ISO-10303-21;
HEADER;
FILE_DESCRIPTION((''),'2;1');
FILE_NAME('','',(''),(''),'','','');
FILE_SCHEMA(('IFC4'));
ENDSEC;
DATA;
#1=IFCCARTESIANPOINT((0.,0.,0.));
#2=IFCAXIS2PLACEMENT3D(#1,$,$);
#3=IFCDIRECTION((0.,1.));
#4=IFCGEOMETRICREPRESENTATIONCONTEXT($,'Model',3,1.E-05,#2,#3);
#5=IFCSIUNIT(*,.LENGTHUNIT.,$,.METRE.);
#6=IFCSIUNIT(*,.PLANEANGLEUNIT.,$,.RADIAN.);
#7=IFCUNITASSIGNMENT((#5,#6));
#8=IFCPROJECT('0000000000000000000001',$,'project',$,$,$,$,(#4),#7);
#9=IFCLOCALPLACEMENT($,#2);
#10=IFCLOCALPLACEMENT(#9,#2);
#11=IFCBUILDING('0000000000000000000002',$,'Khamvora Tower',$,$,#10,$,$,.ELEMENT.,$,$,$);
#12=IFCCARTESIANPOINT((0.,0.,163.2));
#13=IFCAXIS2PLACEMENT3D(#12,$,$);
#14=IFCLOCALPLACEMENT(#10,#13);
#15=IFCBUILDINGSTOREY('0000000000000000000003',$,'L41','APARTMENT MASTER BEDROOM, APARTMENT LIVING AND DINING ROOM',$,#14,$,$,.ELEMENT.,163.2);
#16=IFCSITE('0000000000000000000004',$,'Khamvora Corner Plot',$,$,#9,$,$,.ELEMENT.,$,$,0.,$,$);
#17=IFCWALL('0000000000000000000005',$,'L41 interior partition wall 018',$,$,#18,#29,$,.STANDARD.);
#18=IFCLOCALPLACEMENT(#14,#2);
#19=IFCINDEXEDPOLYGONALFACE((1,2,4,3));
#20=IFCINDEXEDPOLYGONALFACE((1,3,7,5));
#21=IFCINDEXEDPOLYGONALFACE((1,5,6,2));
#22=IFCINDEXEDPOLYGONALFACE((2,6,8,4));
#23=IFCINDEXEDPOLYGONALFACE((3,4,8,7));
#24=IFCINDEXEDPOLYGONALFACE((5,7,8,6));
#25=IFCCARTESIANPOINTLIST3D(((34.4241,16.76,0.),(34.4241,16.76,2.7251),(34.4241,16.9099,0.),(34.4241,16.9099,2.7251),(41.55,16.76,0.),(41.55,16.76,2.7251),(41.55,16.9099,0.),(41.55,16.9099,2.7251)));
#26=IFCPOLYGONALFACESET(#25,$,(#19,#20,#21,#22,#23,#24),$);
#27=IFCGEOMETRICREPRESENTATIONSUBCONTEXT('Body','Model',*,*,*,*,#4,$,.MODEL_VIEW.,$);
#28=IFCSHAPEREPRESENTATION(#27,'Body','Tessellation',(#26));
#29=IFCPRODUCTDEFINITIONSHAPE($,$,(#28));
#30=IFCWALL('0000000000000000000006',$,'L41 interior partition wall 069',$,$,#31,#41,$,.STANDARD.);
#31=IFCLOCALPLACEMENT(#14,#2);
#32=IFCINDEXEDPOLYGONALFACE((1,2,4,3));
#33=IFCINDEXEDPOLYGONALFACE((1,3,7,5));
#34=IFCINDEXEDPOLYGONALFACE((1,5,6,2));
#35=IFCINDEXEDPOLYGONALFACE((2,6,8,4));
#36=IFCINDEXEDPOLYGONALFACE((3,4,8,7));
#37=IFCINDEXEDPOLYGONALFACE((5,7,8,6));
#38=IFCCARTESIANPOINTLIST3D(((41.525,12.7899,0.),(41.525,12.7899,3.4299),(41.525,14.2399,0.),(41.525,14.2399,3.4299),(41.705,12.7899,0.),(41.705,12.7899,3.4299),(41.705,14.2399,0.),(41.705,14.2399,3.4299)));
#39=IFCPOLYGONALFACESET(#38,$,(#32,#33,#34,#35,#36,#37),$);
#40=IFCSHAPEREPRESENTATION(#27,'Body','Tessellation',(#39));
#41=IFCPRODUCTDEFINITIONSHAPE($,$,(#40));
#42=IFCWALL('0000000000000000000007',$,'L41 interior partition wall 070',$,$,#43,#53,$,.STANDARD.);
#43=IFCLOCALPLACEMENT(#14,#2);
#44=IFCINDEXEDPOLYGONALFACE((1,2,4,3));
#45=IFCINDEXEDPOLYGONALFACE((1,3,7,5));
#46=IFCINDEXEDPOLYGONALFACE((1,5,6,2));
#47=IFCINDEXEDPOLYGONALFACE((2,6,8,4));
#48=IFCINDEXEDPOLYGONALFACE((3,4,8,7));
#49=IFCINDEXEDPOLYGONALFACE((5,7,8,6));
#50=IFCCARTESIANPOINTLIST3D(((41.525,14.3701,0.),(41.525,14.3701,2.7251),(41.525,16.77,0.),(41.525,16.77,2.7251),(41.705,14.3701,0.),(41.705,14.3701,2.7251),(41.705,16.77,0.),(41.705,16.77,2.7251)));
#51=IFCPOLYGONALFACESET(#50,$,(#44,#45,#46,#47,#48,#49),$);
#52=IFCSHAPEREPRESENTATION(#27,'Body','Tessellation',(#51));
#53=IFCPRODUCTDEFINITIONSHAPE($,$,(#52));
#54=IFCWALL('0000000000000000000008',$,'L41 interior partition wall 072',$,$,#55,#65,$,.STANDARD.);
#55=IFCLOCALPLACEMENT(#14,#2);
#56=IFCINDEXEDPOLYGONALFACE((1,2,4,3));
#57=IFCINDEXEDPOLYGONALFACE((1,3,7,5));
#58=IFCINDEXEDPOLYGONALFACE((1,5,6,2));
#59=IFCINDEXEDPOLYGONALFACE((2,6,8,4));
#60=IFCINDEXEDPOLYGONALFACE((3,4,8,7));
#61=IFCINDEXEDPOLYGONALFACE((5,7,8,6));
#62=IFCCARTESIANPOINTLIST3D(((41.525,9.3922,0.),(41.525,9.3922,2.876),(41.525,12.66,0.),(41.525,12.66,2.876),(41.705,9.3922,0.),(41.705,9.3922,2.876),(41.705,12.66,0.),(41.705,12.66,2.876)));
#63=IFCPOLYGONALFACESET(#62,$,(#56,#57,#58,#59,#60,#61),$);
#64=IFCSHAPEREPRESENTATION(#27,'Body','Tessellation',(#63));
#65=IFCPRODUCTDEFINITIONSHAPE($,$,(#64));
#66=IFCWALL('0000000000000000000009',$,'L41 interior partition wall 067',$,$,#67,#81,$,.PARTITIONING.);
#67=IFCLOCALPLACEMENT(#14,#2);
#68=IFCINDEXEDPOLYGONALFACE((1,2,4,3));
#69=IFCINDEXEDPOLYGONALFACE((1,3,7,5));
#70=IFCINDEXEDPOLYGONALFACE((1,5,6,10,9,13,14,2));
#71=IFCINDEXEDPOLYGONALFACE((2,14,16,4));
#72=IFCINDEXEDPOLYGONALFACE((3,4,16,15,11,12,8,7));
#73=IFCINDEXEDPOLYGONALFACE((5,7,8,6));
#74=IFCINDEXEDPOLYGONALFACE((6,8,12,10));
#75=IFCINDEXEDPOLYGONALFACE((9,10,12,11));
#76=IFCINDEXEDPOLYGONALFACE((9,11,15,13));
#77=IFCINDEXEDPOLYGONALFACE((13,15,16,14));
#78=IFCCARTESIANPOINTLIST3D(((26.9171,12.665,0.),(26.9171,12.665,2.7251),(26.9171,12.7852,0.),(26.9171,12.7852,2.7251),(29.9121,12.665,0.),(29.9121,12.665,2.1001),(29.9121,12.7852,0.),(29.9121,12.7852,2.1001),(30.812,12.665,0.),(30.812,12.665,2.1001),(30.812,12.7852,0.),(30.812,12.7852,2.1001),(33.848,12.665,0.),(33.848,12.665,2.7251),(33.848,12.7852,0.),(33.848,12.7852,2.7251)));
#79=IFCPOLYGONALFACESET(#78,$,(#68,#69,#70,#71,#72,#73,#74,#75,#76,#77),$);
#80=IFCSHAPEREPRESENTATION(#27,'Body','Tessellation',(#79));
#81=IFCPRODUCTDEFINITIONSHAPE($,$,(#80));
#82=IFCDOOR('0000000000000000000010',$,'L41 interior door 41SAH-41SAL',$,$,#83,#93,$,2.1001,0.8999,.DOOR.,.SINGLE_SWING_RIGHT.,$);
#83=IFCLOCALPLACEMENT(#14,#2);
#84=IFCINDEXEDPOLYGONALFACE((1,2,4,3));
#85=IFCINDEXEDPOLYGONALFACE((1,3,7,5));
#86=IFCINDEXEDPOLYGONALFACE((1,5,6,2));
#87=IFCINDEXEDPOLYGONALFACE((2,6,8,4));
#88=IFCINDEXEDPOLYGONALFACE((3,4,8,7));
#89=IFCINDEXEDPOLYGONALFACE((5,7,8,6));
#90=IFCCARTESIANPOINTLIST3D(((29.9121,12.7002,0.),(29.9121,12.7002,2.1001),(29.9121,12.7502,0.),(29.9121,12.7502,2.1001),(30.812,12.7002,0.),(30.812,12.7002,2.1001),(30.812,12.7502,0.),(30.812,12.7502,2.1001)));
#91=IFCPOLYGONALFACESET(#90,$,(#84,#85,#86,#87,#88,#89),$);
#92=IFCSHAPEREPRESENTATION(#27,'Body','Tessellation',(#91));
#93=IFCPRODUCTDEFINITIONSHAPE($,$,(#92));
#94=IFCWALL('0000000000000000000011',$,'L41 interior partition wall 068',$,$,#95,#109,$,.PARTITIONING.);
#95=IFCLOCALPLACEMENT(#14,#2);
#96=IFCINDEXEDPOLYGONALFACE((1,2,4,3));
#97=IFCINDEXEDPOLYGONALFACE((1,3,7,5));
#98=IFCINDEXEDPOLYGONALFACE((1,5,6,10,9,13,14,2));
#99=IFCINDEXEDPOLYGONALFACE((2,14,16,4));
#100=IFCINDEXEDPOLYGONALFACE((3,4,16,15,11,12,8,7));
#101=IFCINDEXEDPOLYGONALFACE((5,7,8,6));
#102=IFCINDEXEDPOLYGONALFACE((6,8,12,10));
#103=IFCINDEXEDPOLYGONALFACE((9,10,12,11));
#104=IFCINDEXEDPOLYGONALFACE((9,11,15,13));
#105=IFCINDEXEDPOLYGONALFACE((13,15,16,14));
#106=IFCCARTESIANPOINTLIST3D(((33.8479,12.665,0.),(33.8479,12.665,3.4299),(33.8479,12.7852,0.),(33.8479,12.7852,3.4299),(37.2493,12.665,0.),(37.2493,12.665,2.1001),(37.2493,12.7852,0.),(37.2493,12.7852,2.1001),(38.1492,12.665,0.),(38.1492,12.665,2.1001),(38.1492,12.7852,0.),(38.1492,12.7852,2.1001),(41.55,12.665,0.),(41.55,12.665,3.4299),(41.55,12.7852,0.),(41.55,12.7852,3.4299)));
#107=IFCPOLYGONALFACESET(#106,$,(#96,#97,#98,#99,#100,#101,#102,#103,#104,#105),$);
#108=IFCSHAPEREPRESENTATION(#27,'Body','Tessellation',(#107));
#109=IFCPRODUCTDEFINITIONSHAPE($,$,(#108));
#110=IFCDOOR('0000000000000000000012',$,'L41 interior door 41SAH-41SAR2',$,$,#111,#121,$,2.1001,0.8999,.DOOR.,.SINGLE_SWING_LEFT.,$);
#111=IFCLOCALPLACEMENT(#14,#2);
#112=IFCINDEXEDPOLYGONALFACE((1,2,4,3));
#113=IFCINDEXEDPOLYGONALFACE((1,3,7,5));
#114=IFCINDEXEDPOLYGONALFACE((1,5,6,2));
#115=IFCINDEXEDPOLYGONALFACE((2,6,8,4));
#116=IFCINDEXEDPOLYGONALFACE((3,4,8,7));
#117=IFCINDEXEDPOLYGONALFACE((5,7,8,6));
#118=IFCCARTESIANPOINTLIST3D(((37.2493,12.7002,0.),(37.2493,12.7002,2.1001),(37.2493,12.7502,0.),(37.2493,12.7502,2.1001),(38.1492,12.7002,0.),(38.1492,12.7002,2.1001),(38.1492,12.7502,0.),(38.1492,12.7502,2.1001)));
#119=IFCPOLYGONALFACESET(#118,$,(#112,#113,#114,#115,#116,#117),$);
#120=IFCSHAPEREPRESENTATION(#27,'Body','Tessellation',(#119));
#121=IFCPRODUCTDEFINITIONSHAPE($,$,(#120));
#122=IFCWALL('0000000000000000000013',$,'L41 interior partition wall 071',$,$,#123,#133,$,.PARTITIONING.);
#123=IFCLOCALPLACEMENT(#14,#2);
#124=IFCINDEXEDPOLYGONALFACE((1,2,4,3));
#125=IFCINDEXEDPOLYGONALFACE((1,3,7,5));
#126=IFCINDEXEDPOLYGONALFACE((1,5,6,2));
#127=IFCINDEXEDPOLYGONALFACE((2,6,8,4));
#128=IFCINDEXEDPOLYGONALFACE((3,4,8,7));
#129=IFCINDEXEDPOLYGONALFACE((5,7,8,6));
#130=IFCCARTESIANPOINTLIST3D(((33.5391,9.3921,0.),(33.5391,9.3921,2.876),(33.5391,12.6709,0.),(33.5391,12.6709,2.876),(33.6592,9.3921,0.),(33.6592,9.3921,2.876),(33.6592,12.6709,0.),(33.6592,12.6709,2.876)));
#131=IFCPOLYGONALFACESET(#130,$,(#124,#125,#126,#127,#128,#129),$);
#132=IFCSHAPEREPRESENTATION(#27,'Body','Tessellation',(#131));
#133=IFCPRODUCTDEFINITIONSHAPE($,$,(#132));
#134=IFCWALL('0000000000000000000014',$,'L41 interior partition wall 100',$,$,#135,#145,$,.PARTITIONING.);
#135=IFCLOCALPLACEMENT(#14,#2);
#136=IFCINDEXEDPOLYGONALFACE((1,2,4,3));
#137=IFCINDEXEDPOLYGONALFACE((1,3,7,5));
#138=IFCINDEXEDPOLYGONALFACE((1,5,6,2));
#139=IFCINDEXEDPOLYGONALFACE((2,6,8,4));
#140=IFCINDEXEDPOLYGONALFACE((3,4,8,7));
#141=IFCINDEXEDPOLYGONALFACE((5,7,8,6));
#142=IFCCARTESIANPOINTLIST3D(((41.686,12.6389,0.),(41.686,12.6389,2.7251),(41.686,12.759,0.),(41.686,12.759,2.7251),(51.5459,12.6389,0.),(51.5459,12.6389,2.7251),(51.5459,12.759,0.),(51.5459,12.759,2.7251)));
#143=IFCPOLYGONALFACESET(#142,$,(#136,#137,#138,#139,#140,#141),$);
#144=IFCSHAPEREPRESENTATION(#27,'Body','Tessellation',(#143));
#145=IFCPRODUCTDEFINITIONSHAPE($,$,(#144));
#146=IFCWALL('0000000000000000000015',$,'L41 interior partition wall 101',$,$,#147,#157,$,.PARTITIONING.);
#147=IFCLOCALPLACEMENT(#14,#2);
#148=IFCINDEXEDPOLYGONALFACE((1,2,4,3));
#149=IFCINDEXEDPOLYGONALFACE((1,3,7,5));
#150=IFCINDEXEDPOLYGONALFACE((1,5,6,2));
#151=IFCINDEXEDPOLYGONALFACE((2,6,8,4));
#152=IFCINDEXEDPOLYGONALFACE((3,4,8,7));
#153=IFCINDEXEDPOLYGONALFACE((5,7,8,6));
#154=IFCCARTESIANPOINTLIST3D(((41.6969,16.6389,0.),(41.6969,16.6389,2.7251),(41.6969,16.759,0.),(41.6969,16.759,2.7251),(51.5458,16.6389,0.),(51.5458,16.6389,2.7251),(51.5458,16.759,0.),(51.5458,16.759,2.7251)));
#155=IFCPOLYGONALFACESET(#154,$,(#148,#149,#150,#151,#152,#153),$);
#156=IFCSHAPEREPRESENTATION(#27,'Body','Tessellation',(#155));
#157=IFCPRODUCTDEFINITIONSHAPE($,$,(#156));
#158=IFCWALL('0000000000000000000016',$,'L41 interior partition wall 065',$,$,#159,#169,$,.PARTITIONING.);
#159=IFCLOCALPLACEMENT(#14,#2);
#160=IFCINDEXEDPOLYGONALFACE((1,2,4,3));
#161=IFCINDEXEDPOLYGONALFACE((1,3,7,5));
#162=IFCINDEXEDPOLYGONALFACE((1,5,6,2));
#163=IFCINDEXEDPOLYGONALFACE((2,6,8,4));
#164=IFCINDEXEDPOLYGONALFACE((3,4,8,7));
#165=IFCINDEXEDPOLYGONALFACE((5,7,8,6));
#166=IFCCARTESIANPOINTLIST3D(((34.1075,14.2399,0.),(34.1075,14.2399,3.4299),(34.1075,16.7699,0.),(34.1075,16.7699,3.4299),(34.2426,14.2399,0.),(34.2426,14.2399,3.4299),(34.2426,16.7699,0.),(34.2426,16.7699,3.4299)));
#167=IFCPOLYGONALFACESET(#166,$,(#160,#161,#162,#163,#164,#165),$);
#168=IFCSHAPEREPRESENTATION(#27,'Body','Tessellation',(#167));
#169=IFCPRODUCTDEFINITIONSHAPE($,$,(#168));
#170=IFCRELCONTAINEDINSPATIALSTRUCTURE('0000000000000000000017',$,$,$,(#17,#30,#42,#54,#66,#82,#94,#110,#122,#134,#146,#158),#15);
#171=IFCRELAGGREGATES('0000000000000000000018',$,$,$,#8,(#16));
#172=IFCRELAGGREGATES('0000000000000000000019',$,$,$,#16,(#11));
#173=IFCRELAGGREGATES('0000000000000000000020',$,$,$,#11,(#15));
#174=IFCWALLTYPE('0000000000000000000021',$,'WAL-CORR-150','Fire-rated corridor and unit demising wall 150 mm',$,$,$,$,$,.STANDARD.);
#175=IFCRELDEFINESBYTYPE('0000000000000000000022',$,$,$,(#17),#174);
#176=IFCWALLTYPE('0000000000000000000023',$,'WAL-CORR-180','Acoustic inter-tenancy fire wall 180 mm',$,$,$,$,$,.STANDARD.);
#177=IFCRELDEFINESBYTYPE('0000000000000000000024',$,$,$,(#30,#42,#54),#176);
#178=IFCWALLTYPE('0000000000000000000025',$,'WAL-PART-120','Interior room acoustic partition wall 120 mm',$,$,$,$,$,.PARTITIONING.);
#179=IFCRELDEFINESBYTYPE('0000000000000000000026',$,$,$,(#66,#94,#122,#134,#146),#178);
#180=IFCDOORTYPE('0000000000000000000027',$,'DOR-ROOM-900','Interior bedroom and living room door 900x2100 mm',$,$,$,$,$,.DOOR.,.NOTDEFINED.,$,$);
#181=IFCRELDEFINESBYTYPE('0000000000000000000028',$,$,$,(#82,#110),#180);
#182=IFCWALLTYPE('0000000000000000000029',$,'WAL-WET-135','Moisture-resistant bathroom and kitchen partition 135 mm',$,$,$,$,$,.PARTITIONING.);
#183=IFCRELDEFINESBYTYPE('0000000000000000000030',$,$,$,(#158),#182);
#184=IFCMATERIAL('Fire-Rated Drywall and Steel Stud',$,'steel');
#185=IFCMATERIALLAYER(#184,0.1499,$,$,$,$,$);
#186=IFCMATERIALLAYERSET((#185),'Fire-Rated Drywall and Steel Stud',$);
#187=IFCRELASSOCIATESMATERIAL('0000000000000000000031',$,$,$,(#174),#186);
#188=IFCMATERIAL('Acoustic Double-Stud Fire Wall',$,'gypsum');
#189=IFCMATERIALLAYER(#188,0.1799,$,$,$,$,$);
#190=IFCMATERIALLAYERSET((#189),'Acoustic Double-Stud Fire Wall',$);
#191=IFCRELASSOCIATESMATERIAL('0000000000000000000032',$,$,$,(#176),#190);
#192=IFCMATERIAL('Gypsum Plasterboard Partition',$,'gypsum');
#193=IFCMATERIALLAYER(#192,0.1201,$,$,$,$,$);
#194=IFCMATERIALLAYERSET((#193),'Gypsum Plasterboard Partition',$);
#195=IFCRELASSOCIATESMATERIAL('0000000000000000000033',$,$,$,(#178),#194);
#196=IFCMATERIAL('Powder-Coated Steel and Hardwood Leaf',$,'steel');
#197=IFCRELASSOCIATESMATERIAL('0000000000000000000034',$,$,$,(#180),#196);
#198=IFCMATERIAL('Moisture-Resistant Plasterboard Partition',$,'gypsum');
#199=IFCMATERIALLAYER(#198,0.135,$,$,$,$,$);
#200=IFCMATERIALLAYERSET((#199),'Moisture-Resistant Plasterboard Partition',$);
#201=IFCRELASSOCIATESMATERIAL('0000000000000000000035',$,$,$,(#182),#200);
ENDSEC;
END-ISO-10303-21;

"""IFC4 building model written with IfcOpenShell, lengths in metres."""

from ifc_helpers import new_model, si_unit, direction, frame, frame_2d, origin, place, context, subcontext, project, spatial, rectangle, extrude, material, layer, layer_set, type_object, element, fill, save


model = new_model("IFC4")

# Units and contexts
model_context = context("Model", 3, precision=1e-05, world=origin(), true_north=direction((0.0, 1.0)))
body_context = subcontext(model_context, "Body", "Model", "MODEL_VIEW")
ifc_project = project(units=[si_unit("LENGTHUNIT", "METRE"), si_unit("PLANEANGLEUNIT", "RADIAN")], contexts=[model_context])

# Site, building, storey
site_placement = place(None, origin())
site = spatial("IfcSite", under=ifc_project, at=site_placement, Name="Khamvora Corner Plot", CompositionType="ELEMENT", RefElevation=0.0)
building_placement = place(site_placement, origin())
building = spatial("IfcBuilding", under=site, at=building_placement, Name="Khamvora Tower", CompositionType="ELEMENT")
storey_placement = place(building_placement, frame((0.0, 0.0, 163.2)))
storey = spatial("IfcBuildingStorey", under=building, at=storey_placement, Name="L41", Description="APARTMENT MASTER BEDROOM, APARTMENT LIVING AND DINING ROOM", CompositionType="ELEMENT", Elevation=163.2)

# Shared definitions
ifc_material_1 = material(Name="Fire-Rated Drywall and Steel Stud", Category="steel")
ifc_layer_1 = layer(ifc_material_1, 0.1499)
ifc_layer_set_1 = layer_set([ifc_layer_1], Name="Fire-Rated Drywall and Steel Stud")
wall_type_1 = type_object("IfcWallType", Name="WAL-CORR-150", Description="Fire-rated corridor and unit demising wall 150 mm", PredefinedType="STANDARD", material=ifc_layer_set_1)
ifc_material_2 = material(Name="Powder-Coated Steel and Hardwood Leaf", Category="steel")

# Walls
wall_1_placement = place(storey_placement, frame((41.55, 16.835, 0.0), z_axis=(0.0, 0.0, 1.0), x_axis=(-1.0, 0.0, 0.0)))
element("IfcWall", 1, at=wall_1_placement, inside=storey, type_object=wall_type_1, Name="L41 interior partition wall 018", PredefinedType="STANDARD", context=body_context, shape_type="SweptSolid", body=[
    extrude(rectangle(XDim=7.126, YDim=0.1499, at=frame_2d((3.563, 0.0))), origin(), (0.0, 0.0, 1.0), 2.7251),
])
ifc_material_3 = material(Name="Acoustic Double-Stud Fire Wall", Category="gypsum")
ifc_layer_2 = layer(ifc_material_3, 0.1799)
ifc_layer_set_2 = layer_set([ifc_layer_2], Name="Acoustic Double-Stud Fire Wall")
wall_type_2 = type_object("IfcWallType", Name="WAL-CORR-180", Description="Acoustic inter-tenancy fire wall 180 mm", PredefinedType="STANDARD", material=ifc_layer_set_2)
wall_2_placement = place(storey_placement, frame((41.615, 14.24, 0.0), z_axis=(0.0, 0.0, 1.0), x_axis=(0.0, -1.0, 0.0)))
element("IfcWall", 2, at=wall_2_placement, inside=storey, type_object=wall_type_2, Name="L41 interior partition wall 069", PredefinedType="STANDARD", context=body_context, shape_type="SweptSolid", body=[
    extrude(rectangle(XDim=1.45, YDim=0.1799, at=frame_2d((0.7251, 0.0))), origin(), (0.0, 0.0, 1.0), 3.4299),
])
wall_3_placement = place(storey_placement, frame((41.615, 16.77, 0.0), z_axis=(0.0, 0.0, 1.0), x_axis=(0.0, -1.0, 0.0)))
element("IfcWall", 3, at=wall_3_placement, inside=storey, type_object=wall_type_2, Name="L41 interior partition wall 070", PredefinedType="STANDARD", context=body_context, shape_type="SweptSolid", body=[
    extrude(rectangle(XDim=2.3999, YDim=0.1799, at=frame_2d((1.2, 0.0))), origin(), (0.0, 0.0, 1.0), 2.7251),
])
wall_4_placement = place(storey_placement, frame((41.615, 12.6599, 0.0), z_axis=(0.0, 0.0, 1.0), x_axis=(0.0, -1.0, 0.0)))
element("IfcWall", 4, at=wall_4_placement, inside=storey, type_object=wall_type_2, Name="L41 interior partition wall 072", PredefinedType="STANDARD", context=body_context, shape_type="SweptSolid", body=[
    extrude(rectangle(XDim=3.2678, YDim=0.1799, at=frame_2d((1.6338, 0.0))), origin(), (0.0, 0.0, 1.0), 2.876),
])

# Walls, openings, doors
ifc_material_4 = material(Name="Gypsum Plasterboard Partition", Category="gypsum")
ifc_layer_3 = layer(ifc_material_4, 0.1201)
ifc_layer_set_3 = layer_set([ifc_layer_3], Name="Gypsum Plasterboard Partition")
wall_type_3 = type_object("IfcWallType", Name="WAL-PART-120", Description="Interior room acoustic partition wall 120 mm", PredefinedType="PARTITIONING", material=ifc_layer_set_3)
wall_5_placement = place(storey_placement, frame((33.8479, 12.7251, 0.0), z_axis=(0.0, 0.0, 1.0), x_axis=(-1.0, 0.0, 0.0)))
wall_5 = element("IfcWall", 5, at=wall_5_placement, inside=storey, type_object=wall_type_3, Name="L41 interior partition wall 067", PredefinedType="PARTITIONING", context=body_context, shape_type="SweptSolid", body=[
    extrude(rectangle(XDim=6.9309, YDim=0.1201, at=frame_2d((3.4653, 0.0))), origin(), (0.0, 0.0, 1.0), 2.7251),
])
opening_1_placement = place(wall_5_placement, frame((3.0359, 0.0, 0.0)))
opening_1 = element("IfcOpeningElement", 6, at=opening_1_placement, cuts=wall_5, PredefinedType="OPENING", context=body_context, shape_type="SweptSolid", body=[
    extrude(rectangle(XDim=0.8999, YDim=2.1001, at=frame_2d((0.45, 1.05))), frame((0.0, 0.0701, 0.0), z_axis=(0.0, -1.0, 0.0), x_axis=(1.0, 0.0, 0.0)), (0.0, 0.0, 1.0), 0.1401),
])
door_type_1 = type_object("IfcDoorType", Name="DOR-ROOM-900", Description="Interior bedroom and living room door 900x2100 mm", OperationType="NOTDEFINED", PredefinedType="DOOR", material=ifc_material_2)
door_1_placement = place(opening_1_placement, origin())
door_1 = element("IfcDoor", 7, at=door_1_placement, inside=storey, type_object=door_type_1, Name="L41 interior door 41SAH-41SAL", OperationType="SINGLE_SWING_RIGHT", OverallHeight=2.1001, OverallWidth=0.8999, PredefinedType="DOOR", context=body_context, shape_type="SweptSolid", body=[
    extrude(rectangle(XDim=0.8999, YDim=2.1001, at=frame_2d((0.45, 1.05))), frame((0.0, 0.0249, 0.0), z_axis=(0.0, -1.0, 0.0), x_axis=(1.0, 0.0, 0.0)), (0.0, 0.0, 1.0), 0.05),
])
fill(opening_1, door_1)
wall_6_placement = place(storey_placement, frame((41.55, 12.7251, 0.0), z_axis=(0.0, 0.0, 1.0), x_axis=(-1.0, 0.0, 0.0)))
wall_6 = element("IfcWall", 8, at=wall_6_placement, inside=storey, type_object=wall_type_3, Name="L41 interior partition wall 068", PredefinedType="PARTITIONING", context=body_context, shape_type="SweptSolid", body=[
    extrude(rectangle(XDim=7.7021, YDim=0.1201, at=frame_2d((3.8511, 0.0))), origin(), (0.0, 0.0, 1.0), 3.4299),
])
opening_2_placement = place(wall_6_placement, frame((3.4009, 0.0, 0.0)))
opening_2 = element("IfcOpeningElement", 9, at=opening_2_placement, cuts=wall_6, PredefinedType="OPENING", context=body_context, shape_type="SweptSolid", body=[
    extrude(rectangle(XDim=0.8999, YDim=2.1001, at=frame_2d((0.45, 1.05))), frame((0.0, 0.0701, 0.0), z_axis=(0.0, -1.0, 0.0), x_axis=(1.0, 0.0, 0.0)), (0.0, 0.0, 1.0), 0.1401),
])
door_2_placement = place(opening_2_placement, origin())
door_2 = element("IfcDoor", 10, at=door_2_placement, inside=storey, type_object=door_type_1, Name="L41 interior door 41SAH-41SAR2", OperationType="SINGLE_SWING_LEFT", OverallHeight=2.1001, OverallWidth=0.8999, PredefinedType="DOOR", context=body_context, shape_type="SweptSolid", body=[
    extrude(rectangle(XDim=0.8999, YDim=2.1001, at=frame_2d((0.45, 1.05))), frame((0.0, 0.0249, 0.0), z_axis=(0.0, -1.0, 0.0), x_axis=(1.0, 0.0, 0.0)), (0.0, 0.0, 1.0), 0.05),
])
fill(opening_2, door_2)

# Walls
wall_7_placement = place(storey_placement, frame((33.5991, 12.6709, 0.0), z_axis=(0.0, 0.0, 1.0), x_axis=(0.0, -1.0, 0.0)))
element("IfcWall", 11, at=wall_7_placement, inside=storey, type_object=wall_type_3, Name="L41 interior partition wall 071", PredefinedType="PARTITIONING", context=body_context, shape_type="SweptSolid", body=[
    extrude(rectangle(XDim=3.2788, YDim=0.1201, at=frame_2d((1.6394, 0.0))), origin(), (0.0, 0.0, 1.0), 2.876),
])
wall_8_placement = place(storey_placement, frame((41.686, 12.699, 0.0), z_axis=(0.0, 0.0, 1.0), x_axis=(1.0, 0.0, 0.0)))
element("IfcWall", 12, at=wall_8_placement, inside=storey, type_object=wall_type_3, Name="L41 interior partition wall 100", PredefinedType="PARTITIONING", context=body_context, shape_type="SweptSolid", body=[
    extrude(rectangle(XDim=9.8599, YDim=0.1201, at=frame_2d((4.9299, 0.0))), origin(), (0.0, 0.0, 1.0), 2.7251),
])
wall_9_placement = place(storey_placement, frame((41.697, 16.699, 0.0), z_axis=(0.0, 0.0, 1.0), x_axis=(1.0, 0.0, 0.0)))
element("IfcWall", 13, at=wall_9_placement, inside=storey, type_object=wall_type_3, Name="L41 interior partition wall 101", PredefinedType="PARTITIONING", context=body_context, shape_type="SweptSolid", body=[
    extrude(rectangle(XDim=9.8489, YDim=0.1201, at=frame_2d((4.9243, 0.0))), origin(), (0.0, 0.0, 1.0), 2.7251),
])
ifc_material_5 = material(Name="Moisture-Resistant Plasterboard Partition", Category="gypsum")
ifc_layer_4 = layer(ifc_material_5, 0.135)
ifc_layer_set_4 = layer_set([ifc_layer_4], Name="Moisture-Resistant Plasterboard Partition")
wall_type_4 = type_object("IfcWallType", Name="WAL-WET-135", Description="Moisture-resistant bathroom and kitchen partition 135 mm", PredefinedType="PARTITIONING", material=ifc_layer_set_4)
wall_10_placement = place(storey_placement, frame((34.175, 16.77, 0.0), z_axis=(0.0, 0.0, 1.0), x_axis=(0.0, -1.0, 0.0)))
element("IfcWall", 14, at=wall_10_placement, inside=storey, type_object=wall_type_4, Name="L41 interior partition wall 065", PredefinedType="PARTITIONING", context=body_context, shape_type="SweptSolid", body=[
    extrude(rectangle(XDim=2.53, YDim=0.135, at=frame_2d((1.2651, 0.0))), origin(), (0.0, 0.0, 1.0), 3.4299),
])

save(model, "model.ifc")
